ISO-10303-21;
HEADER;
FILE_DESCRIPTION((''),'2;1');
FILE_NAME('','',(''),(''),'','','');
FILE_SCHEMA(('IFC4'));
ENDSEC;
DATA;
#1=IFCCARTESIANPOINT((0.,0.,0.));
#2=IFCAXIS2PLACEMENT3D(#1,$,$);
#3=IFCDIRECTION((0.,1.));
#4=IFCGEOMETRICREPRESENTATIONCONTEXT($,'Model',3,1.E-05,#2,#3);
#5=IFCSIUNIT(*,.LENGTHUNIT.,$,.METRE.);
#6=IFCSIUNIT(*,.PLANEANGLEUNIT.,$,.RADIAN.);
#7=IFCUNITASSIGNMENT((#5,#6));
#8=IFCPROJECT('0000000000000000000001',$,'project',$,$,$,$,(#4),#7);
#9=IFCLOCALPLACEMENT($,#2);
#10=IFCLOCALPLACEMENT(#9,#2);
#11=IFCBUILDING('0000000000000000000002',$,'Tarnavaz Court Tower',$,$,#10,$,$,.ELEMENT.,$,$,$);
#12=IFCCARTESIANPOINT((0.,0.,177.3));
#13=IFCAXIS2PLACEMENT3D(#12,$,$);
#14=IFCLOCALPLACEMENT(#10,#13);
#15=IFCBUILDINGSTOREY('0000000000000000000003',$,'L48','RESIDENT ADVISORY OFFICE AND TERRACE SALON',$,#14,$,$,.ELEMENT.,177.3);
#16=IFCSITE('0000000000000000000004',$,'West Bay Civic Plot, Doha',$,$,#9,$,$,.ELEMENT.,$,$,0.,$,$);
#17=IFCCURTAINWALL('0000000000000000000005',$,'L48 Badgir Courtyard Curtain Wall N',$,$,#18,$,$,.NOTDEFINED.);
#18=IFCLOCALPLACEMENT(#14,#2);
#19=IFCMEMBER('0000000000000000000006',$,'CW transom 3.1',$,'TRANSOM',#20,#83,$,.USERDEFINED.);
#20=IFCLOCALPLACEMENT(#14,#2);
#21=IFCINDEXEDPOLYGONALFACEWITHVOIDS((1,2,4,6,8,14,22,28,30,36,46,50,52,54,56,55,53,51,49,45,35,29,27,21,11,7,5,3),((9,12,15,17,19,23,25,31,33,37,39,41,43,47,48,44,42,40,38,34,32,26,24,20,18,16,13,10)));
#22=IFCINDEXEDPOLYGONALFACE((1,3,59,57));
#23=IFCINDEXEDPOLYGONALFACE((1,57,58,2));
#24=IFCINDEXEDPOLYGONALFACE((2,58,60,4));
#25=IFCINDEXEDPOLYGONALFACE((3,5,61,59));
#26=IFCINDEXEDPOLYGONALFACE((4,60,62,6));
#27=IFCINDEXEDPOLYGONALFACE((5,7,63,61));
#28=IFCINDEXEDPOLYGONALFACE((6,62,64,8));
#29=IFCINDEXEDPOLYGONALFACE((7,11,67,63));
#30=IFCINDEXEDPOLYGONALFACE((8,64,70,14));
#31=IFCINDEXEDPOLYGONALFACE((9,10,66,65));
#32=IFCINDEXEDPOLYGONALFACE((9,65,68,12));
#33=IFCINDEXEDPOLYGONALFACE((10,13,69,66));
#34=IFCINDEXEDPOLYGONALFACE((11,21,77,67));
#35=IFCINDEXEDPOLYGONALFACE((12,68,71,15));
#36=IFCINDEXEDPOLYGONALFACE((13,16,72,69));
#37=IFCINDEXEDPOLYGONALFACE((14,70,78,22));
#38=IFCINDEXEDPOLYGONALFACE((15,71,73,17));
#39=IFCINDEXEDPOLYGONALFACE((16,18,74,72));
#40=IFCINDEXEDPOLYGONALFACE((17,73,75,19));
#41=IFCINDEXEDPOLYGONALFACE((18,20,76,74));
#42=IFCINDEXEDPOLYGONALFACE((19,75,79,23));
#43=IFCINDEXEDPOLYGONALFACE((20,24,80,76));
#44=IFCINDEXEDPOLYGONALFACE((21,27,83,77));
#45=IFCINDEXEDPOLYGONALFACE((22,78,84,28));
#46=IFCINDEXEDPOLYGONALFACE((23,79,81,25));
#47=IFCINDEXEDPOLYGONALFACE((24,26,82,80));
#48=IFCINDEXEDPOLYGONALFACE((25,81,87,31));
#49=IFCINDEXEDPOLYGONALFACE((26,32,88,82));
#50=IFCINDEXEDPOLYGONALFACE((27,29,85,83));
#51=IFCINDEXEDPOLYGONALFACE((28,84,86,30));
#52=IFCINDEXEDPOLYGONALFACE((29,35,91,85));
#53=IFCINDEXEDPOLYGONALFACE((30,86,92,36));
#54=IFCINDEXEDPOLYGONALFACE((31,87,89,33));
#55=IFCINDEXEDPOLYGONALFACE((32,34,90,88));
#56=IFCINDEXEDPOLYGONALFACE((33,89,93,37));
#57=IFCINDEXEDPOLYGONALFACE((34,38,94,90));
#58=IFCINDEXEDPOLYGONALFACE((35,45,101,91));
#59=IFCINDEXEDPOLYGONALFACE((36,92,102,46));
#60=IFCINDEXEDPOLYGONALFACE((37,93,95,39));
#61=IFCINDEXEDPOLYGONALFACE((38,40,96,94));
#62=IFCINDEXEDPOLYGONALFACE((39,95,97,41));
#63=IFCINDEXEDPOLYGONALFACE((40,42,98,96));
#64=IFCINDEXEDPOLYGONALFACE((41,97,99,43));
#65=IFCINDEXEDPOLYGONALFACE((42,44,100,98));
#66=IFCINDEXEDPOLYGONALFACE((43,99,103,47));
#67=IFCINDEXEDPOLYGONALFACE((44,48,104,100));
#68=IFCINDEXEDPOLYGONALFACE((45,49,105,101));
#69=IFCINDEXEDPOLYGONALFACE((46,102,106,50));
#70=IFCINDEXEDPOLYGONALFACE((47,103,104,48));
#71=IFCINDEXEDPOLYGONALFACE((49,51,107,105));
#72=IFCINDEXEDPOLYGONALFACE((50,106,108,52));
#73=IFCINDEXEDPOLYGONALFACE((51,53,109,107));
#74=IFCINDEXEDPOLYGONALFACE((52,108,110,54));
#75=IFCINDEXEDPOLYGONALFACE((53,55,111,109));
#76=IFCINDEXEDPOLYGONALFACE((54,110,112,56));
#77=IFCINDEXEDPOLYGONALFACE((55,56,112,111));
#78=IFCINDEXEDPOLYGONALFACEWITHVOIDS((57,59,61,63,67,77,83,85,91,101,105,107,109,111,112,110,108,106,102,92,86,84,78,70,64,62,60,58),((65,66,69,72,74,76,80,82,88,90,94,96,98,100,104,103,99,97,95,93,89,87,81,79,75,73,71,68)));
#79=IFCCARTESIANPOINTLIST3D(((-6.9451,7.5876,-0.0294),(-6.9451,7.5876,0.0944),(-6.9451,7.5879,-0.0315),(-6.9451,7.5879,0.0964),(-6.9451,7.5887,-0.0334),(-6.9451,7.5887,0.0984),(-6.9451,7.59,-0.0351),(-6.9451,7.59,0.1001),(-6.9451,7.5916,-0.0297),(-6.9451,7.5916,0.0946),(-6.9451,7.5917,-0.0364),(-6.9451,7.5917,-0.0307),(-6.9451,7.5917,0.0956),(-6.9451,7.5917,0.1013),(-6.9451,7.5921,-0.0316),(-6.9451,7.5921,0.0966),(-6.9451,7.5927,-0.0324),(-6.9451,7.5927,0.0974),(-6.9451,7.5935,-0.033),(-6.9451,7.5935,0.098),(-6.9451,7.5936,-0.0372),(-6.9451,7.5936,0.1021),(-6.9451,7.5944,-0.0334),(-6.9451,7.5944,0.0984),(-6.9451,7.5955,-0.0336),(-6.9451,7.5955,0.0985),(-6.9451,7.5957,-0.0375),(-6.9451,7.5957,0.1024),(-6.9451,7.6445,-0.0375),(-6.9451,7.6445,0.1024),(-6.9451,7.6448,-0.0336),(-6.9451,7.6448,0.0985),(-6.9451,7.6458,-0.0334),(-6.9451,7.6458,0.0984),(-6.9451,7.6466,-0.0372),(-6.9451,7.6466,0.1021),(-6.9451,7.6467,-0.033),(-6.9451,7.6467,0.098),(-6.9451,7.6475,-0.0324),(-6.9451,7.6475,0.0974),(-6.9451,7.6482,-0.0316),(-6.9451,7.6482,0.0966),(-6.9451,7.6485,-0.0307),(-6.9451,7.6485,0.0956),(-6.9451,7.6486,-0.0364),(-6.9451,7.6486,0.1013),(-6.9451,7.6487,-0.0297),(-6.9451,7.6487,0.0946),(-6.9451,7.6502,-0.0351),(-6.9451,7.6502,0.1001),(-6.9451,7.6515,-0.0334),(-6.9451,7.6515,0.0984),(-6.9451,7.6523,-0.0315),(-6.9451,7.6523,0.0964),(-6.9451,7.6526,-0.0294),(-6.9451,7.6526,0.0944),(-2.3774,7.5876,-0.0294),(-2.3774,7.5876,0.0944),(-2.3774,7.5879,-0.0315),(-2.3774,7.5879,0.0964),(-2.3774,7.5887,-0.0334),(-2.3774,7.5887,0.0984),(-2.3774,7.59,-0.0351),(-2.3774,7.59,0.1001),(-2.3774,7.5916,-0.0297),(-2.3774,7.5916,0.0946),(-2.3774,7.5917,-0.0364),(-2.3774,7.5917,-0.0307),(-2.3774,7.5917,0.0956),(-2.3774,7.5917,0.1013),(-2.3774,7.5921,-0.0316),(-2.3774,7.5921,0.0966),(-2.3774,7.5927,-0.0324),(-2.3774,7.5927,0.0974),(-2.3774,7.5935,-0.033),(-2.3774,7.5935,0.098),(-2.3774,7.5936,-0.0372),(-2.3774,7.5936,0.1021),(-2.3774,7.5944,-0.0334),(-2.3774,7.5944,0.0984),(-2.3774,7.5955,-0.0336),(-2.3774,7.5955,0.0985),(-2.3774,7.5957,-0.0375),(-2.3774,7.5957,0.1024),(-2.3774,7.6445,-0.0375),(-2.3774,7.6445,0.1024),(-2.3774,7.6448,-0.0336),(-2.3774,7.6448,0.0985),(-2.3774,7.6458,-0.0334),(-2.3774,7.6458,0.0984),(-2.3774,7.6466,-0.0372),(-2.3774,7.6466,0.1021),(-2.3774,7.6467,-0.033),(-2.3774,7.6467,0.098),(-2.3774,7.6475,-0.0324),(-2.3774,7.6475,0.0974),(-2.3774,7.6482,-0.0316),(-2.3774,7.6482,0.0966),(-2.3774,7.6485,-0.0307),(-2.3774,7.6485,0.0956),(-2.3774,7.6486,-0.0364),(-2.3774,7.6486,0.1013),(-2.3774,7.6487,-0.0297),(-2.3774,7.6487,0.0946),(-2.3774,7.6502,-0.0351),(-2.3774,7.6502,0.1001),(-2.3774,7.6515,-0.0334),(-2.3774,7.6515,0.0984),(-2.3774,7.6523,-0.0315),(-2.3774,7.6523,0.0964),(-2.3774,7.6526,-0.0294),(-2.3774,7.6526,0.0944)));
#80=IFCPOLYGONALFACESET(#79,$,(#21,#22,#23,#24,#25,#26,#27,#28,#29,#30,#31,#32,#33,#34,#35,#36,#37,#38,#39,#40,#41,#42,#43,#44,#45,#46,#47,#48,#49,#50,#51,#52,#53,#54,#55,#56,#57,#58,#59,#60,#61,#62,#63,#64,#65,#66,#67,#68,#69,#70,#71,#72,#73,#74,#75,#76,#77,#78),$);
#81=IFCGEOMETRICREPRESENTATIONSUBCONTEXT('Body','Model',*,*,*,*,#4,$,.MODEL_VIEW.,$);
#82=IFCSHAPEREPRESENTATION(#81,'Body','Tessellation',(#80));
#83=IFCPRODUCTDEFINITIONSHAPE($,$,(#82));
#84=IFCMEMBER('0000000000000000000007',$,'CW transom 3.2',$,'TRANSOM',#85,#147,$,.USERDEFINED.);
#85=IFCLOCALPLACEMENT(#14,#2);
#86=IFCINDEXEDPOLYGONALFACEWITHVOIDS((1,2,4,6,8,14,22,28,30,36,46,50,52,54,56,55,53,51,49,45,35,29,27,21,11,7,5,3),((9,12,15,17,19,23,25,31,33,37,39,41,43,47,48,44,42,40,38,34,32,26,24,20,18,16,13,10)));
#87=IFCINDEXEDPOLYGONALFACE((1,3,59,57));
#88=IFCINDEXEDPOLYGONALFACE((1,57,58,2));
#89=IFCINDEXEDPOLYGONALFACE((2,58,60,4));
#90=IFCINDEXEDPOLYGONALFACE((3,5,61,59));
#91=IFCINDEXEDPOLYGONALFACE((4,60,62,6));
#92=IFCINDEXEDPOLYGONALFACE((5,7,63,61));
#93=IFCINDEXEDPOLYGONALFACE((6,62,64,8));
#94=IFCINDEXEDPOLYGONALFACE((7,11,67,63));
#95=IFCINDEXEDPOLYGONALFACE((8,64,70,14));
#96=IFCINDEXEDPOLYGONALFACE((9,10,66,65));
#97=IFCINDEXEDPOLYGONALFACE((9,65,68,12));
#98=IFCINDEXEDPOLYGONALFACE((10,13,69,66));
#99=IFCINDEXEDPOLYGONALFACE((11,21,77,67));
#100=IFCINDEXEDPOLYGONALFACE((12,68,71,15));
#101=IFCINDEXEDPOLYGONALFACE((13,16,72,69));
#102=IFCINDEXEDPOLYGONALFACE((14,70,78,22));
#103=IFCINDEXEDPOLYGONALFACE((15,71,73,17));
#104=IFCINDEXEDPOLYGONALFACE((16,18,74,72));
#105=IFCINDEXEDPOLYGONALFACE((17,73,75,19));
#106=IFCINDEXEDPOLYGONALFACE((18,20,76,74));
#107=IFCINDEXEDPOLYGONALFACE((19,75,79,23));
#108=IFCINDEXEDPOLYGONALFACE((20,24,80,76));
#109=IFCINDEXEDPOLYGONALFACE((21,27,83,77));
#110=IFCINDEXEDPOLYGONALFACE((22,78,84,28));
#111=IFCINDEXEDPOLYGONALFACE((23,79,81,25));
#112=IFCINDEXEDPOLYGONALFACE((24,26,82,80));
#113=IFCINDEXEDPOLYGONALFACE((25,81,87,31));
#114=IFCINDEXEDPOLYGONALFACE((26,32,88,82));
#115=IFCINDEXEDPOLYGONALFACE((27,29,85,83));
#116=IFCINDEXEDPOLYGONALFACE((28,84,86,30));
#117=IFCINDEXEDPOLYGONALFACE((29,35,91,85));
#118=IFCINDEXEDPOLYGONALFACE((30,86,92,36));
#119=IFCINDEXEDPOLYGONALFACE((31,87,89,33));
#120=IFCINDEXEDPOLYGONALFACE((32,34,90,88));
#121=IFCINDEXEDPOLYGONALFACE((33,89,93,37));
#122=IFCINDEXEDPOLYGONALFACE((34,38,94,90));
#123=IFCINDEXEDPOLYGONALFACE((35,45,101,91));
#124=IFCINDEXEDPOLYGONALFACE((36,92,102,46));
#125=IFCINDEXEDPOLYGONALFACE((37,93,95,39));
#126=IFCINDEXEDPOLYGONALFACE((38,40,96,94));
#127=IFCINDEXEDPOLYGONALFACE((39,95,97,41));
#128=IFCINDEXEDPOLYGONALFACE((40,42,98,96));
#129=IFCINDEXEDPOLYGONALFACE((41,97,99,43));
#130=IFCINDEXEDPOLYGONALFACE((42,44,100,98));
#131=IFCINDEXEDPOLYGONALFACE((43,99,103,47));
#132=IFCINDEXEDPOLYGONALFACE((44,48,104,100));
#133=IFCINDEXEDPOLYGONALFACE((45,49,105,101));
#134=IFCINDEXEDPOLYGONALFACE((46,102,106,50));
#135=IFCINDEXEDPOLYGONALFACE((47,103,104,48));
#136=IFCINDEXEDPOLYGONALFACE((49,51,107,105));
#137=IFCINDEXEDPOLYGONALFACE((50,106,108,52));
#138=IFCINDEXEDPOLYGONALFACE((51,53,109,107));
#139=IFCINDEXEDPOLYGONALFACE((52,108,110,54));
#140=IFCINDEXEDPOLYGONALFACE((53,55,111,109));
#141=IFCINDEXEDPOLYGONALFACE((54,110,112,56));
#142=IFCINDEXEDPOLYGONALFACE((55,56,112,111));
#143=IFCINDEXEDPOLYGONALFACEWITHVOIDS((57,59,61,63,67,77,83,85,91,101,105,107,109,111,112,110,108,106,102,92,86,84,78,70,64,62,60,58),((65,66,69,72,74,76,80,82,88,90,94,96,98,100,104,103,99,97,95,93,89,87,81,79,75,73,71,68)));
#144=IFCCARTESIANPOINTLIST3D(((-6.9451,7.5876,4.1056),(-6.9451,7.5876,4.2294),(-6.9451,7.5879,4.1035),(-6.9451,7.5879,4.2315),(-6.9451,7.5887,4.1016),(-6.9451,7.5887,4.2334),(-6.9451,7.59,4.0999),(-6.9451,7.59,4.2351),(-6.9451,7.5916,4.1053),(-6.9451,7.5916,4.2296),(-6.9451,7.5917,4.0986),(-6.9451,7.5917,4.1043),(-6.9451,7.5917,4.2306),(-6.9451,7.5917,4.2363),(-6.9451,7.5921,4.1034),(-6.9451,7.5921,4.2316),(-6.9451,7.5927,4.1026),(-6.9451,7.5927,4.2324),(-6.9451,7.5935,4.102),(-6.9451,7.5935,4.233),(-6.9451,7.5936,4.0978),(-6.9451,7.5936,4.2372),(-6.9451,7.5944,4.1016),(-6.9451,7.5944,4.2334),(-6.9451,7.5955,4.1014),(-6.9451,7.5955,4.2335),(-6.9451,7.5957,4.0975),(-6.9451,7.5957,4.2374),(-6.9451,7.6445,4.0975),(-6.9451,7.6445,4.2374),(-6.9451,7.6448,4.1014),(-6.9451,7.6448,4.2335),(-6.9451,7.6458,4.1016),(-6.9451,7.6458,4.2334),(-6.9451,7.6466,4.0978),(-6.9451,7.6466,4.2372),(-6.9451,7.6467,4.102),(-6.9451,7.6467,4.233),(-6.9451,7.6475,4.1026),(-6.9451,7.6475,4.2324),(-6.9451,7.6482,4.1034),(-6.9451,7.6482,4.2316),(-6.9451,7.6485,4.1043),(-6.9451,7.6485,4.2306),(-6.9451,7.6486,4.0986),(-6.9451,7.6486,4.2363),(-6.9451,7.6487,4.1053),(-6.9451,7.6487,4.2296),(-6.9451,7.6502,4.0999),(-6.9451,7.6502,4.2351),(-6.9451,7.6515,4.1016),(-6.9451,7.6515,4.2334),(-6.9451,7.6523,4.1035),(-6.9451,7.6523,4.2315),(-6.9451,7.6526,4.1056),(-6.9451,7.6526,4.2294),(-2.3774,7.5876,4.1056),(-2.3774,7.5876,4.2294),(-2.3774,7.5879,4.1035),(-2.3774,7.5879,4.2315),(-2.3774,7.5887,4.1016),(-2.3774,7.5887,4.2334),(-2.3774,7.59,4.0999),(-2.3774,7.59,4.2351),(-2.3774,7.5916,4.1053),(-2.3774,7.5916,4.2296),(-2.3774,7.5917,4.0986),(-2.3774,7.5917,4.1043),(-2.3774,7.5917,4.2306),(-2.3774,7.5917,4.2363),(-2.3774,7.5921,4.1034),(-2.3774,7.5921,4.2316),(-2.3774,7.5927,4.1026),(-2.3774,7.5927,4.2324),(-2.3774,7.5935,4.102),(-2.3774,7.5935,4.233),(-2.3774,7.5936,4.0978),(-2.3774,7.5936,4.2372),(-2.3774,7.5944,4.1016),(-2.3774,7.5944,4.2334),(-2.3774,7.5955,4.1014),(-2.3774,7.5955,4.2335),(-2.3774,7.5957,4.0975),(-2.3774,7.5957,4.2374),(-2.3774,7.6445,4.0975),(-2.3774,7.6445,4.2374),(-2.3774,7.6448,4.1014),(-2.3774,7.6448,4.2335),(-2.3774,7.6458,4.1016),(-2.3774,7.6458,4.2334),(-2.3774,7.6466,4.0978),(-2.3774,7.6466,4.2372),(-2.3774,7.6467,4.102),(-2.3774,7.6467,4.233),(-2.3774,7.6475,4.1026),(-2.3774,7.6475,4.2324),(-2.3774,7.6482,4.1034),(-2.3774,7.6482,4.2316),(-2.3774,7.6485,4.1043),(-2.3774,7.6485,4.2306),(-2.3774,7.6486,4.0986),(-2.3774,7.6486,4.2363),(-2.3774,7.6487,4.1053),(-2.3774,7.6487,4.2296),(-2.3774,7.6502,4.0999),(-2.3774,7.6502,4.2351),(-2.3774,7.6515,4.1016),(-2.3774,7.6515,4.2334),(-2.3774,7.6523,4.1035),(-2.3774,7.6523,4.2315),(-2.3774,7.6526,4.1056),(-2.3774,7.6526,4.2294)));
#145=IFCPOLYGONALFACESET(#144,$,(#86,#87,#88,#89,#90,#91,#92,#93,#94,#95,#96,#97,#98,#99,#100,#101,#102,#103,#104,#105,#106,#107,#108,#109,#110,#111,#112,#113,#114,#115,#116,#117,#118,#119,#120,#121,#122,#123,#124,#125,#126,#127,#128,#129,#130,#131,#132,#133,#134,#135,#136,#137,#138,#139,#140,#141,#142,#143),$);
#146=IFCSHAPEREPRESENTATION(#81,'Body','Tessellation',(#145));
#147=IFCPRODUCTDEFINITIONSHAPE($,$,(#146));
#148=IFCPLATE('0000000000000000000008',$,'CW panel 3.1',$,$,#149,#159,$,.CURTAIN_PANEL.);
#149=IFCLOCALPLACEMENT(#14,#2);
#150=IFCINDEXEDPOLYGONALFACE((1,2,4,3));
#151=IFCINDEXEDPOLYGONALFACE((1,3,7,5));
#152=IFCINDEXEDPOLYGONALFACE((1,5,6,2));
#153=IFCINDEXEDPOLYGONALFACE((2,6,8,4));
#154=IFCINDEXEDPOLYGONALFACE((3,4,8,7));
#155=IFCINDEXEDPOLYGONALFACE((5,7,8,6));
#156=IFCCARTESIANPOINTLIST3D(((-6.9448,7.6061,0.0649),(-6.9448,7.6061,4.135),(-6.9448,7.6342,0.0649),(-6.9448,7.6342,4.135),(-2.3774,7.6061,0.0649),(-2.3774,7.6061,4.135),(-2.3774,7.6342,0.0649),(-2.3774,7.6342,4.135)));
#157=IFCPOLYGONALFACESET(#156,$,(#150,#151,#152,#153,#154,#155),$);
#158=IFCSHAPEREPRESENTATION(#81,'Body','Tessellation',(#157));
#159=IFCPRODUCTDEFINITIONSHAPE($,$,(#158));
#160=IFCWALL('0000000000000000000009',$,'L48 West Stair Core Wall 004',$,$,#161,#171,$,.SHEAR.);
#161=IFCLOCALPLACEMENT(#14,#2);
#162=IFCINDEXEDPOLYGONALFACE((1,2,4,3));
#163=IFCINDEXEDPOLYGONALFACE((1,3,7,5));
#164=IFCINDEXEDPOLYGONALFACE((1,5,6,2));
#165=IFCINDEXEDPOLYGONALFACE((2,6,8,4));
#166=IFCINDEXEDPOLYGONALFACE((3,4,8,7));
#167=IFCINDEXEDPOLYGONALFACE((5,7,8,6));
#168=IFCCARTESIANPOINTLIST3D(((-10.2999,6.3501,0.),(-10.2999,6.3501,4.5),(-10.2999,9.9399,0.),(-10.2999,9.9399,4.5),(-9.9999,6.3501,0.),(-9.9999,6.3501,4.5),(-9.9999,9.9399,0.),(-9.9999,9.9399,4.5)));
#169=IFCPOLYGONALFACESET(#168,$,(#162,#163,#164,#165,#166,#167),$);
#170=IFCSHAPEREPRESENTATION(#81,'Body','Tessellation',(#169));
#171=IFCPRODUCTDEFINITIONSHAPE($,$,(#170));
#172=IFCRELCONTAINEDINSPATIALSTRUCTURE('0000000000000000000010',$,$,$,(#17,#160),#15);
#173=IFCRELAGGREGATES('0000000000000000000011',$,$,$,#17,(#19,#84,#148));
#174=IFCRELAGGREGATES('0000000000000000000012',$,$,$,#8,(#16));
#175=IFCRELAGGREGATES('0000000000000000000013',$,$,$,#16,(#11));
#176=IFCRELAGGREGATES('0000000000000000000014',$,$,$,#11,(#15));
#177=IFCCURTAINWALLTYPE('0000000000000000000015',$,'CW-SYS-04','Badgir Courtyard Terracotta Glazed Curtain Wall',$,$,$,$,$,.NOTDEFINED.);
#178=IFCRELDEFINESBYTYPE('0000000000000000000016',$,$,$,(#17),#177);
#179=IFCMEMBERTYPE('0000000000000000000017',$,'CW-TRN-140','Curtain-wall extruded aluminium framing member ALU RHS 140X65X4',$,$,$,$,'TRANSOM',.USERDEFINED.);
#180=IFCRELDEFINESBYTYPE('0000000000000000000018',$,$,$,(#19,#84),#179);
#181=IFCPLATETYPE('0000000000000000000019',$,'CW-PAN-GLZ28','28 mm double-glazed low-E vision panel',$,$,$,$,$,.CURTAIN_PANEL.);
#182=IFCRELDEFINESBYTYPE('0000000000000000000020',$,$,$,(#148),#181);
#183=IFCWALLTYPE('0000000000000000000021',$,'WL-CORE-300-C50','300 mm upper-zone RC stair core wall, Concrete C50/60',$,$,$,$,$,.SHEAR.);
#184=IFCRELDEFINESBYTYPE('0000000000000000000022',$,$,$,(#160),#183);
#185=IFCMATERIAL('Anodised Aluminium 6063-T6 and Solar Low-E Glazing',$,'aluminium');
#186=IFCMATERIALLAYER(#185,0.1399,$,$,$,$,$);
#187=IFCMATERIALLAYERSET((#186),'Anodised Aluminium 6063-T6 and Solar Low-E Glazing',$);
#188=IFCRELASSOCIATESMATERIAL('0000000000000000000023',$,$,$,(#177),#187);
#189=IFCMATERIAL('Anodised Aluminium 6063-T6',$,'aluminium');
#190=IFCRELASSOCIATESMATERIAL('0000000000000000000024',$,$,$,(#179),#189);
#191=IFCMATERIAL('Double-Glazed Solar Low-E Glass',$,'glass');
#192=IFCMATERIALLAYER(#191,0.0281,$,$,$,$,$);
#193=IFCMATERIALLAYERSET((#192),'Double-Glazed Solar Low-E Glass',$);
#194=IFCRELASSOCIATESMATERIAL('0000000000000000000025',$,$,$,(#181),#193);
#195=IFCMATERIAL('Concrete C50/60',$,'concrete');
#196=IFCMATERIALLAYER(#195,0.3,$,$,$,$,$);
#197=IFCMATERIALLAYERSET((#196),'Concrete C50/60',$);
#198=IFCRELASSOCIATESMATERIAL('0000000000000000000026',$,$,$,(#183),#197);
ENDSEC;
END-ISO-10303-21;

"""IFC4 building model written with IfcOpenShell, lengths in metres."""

from ifc_helpers import new_model, si_unit, direction, frame, frame_2d, origin, origin_2d, place, context, subcontext, project, spatial, rectangle, hollow_rectangle, extrude, material, layer, layer_set, material_profile, profile_set, type_object, element, aggregate, save


model = new_model("IFC4")

# Units and contexts
model_context = context("Model", 3, precision=1e-05, world=origin(), true_north=direction((0.0, 1.0)))
body_context = subcontext(model_context, "Body", "Model", "MODEL_VIEW")
ifc_project = project(units=[si_unit("LENGTHUNIT", "METRE"), si_unit("PLANEANGLEUNIT", "RADIAN")], contexts=[model_context])

# Site, building, storey
site_placement = place(None, origin())
site = spatial("IfcSite", under=ifc_project, at=site_placement, Name="West Bay Civic Plot, Doha", CompositionType="ELEMENT", RefElevation=0.0)
building_placement = place(site_placement, origin())
building = spatial("IfcBuilding", under=site, at=building_placement, Name="Tarnavaz Court Tower", CompositionType="ELEMENT")
storey_placement = place(building_placement, frame((0.0, 0.0, 177.3)))
storey = spatial("IfcBuildingStorey", under=building, at=storey_placement, Name="L48", Description="RESIDENT ADVISORY OFFICE AND TERRACE SALON", CompositionType="ELEMENT", Elevation=177.3)

# Curtain wall, members, plate
ifc_material_1 = material(Name="Anodised Aluminium 6063-T6 and Solar Low-E Glazing", Category="aluminium")
ifc_layer_1 = layer(ifc_material_1, 0.1399)
ifc_layer_set_1 = layer_set([ifc_layer_1], Name="Anodised Aluminium 6063-T6 and Solar Low-E Glazing")
curtain_wall_type = type_object("IfcCurtainWallType", Name="CW-SYS-04", Description="Badgir Courtyard Terracotta Glazed Curtain Wall", PredefinedType="NOTDEFINED", material=ifc_layer_set_1)
curtain_wall_placement = place(storey_placement, origin())
curtain_wall = element("IfcCurtainWall", 1, at=curtain_wall_placement, inside=storey, type_object=curtain_wall_type, Name="L48 Badgir Courtyard Curtain Wall N", PredefinedType="NOTDEFINED")
ifc_material_2 = material(Name="Anodised Aluminium 6063-T6", Category="aluminium")
ifc_material_profile_1 = material_profile(ifc_material_2, hollow_rectangle(XDim=0.0649, YDim=0.1399, WallThickness=0.0039, InnerFilletRadius=0.0039, OuterFilletRadius=0.0081, at=origin_2d()), Name="ALU RHS 140X65X4")
ifc_profile_set_1 = profile_set([ifc_material_profile_1], Name="Anodised Aluminium 6063-T6")
member_type_1 = type_object("IfcMemberType", Name="CW-TRN-140", Description="Curtain-wall extruded aluminium framing member ALU RHS 140X65X4", ElementType="TRANSOM", PredefinedType="USERDEFINED", material=ifc_profile_set_1)
member_1_placement = place(storey_placement, frame((-2.3774, 7.6201, 0.0325), z_axis=(-1.0, 0.0, 0.0), x_axis=(0.0, -1.0, 0.0)))
member_1 = element("IfcMember", 2, at=member_1_placement, type_object=member_type_1, Name="CW transom 3.1", ObjectType="TRANSOM", PredefinedType="USERDEFINED", context=body_context, shape_type="SweptSolid", body=[
    extrude(hollow_rectangle(XDim=0.0649, YDim=0.1399, WallThickness=0.0039, InnerFilletRadius=0.0039, OuterFilletRadius=0.0081, at=origin_2d()), origin(), (0.0, 0.0, 1.0), 4.5676),
])
member_2_placement = place(storey_placement, frame((-2.3774, 7.6201, 4.1675), z_axis=(-1.0, 0.0, 0.0), x_axis=(0.0, -1.0, 0.0)))
member_2 = element("IfcMember", 3, at=member_2_placement, type_object=member_type_1, Name="CW transom 3.2", ObjectType="TRANSOM", PredefinedType="USERDEFINED", context=body_context, shape_type="SweptSolid", body=[
    extrude(hollow_rectangle(XDim=0.0649, YDim=0.1399, WallThickness=0.0039, InnerFilletRadius=0.0039, OuterFilletRadius=0.0081, at=origin_2d()), origin(), (0.0, 0.0, 1.0), 4.5676),
])
ifc_material_3 = material(Name="Double-Glazed Solar Low-E Glass", Category="glass")
ifc_layer_2 = layer(ifc_material_3, 0.0281)
ifc_layer_set_2 = layer_set([ifc_layer_2], Name="Double-Glazed Solar Low-E Glass")
plate_type = type_object("IfcPlateType", Name="CW-PAN-GLZ28", Description="28 mm double-glazed low-E vision panel", PredefinedType="CURTAIN_PANEL", material=ifc_layer_set_2)
plate_placement = place(storey_placement, frame((-4.6611, 7.6201, 0.0649), z_axis=(0.0, 0.0, 1.0), x_axis=(-1.0, 0.0, 0.0)))
plate = element("IfcPlate", 4, at=plate_placement, type_object=plate_type, Name="CW panel 3.1", PredefinedType="CURTAIN_PANEL", context=body_context, shape_type="SweptSolid", body=[
    extrude(rectangle(XDim=4.5674, YDim=0.0281, at=origin_2d()), origin(), (0.0, 0.0, 1.0), 4.0701),
])
aggregate(curtain_wall, [member_1, member_2, plate])

# Wall
ifc_material_4 = material(Name="Concrete C50/60", Category="concrete")
ifc_layer_3 = layer(ifc_material_4, 0.3)
ifc_layer_set_3 = layer_set([ifc_layer_3], Name="Concrete C50/60")
wall_type_1 = type_object("IfcWallType", Name="WL-CORE-300-C50", Description="300 mm upper-zone RC stair core wall, Concrete C50/60", PredefinedType="SHEAR", material=ifc_layer_set_3)
wall_1_placement = place(storey_placement, frame((-10.1499, 6.3501, 0.0), z_axis=(0.0, 0.0, 1.0), x_axis=(0.0, 1.0, 0.0)))
element("IfcWall", 5, at=wall_1_placement, inside=storey, type_object=wall_type_1, Name="L48 West Stair Core Wall 004", PredefinedType="SHEAR", context=body_context, shape_type="SweptSolid", body=[
    extrude(rectangle(XDim=3.5898, YDim=0.3, at=frame_2d((1.7949, 0.0))), origin(), (0.0, 0.0, 1.0), 4.5),
])

save(model, "model.ifc")
